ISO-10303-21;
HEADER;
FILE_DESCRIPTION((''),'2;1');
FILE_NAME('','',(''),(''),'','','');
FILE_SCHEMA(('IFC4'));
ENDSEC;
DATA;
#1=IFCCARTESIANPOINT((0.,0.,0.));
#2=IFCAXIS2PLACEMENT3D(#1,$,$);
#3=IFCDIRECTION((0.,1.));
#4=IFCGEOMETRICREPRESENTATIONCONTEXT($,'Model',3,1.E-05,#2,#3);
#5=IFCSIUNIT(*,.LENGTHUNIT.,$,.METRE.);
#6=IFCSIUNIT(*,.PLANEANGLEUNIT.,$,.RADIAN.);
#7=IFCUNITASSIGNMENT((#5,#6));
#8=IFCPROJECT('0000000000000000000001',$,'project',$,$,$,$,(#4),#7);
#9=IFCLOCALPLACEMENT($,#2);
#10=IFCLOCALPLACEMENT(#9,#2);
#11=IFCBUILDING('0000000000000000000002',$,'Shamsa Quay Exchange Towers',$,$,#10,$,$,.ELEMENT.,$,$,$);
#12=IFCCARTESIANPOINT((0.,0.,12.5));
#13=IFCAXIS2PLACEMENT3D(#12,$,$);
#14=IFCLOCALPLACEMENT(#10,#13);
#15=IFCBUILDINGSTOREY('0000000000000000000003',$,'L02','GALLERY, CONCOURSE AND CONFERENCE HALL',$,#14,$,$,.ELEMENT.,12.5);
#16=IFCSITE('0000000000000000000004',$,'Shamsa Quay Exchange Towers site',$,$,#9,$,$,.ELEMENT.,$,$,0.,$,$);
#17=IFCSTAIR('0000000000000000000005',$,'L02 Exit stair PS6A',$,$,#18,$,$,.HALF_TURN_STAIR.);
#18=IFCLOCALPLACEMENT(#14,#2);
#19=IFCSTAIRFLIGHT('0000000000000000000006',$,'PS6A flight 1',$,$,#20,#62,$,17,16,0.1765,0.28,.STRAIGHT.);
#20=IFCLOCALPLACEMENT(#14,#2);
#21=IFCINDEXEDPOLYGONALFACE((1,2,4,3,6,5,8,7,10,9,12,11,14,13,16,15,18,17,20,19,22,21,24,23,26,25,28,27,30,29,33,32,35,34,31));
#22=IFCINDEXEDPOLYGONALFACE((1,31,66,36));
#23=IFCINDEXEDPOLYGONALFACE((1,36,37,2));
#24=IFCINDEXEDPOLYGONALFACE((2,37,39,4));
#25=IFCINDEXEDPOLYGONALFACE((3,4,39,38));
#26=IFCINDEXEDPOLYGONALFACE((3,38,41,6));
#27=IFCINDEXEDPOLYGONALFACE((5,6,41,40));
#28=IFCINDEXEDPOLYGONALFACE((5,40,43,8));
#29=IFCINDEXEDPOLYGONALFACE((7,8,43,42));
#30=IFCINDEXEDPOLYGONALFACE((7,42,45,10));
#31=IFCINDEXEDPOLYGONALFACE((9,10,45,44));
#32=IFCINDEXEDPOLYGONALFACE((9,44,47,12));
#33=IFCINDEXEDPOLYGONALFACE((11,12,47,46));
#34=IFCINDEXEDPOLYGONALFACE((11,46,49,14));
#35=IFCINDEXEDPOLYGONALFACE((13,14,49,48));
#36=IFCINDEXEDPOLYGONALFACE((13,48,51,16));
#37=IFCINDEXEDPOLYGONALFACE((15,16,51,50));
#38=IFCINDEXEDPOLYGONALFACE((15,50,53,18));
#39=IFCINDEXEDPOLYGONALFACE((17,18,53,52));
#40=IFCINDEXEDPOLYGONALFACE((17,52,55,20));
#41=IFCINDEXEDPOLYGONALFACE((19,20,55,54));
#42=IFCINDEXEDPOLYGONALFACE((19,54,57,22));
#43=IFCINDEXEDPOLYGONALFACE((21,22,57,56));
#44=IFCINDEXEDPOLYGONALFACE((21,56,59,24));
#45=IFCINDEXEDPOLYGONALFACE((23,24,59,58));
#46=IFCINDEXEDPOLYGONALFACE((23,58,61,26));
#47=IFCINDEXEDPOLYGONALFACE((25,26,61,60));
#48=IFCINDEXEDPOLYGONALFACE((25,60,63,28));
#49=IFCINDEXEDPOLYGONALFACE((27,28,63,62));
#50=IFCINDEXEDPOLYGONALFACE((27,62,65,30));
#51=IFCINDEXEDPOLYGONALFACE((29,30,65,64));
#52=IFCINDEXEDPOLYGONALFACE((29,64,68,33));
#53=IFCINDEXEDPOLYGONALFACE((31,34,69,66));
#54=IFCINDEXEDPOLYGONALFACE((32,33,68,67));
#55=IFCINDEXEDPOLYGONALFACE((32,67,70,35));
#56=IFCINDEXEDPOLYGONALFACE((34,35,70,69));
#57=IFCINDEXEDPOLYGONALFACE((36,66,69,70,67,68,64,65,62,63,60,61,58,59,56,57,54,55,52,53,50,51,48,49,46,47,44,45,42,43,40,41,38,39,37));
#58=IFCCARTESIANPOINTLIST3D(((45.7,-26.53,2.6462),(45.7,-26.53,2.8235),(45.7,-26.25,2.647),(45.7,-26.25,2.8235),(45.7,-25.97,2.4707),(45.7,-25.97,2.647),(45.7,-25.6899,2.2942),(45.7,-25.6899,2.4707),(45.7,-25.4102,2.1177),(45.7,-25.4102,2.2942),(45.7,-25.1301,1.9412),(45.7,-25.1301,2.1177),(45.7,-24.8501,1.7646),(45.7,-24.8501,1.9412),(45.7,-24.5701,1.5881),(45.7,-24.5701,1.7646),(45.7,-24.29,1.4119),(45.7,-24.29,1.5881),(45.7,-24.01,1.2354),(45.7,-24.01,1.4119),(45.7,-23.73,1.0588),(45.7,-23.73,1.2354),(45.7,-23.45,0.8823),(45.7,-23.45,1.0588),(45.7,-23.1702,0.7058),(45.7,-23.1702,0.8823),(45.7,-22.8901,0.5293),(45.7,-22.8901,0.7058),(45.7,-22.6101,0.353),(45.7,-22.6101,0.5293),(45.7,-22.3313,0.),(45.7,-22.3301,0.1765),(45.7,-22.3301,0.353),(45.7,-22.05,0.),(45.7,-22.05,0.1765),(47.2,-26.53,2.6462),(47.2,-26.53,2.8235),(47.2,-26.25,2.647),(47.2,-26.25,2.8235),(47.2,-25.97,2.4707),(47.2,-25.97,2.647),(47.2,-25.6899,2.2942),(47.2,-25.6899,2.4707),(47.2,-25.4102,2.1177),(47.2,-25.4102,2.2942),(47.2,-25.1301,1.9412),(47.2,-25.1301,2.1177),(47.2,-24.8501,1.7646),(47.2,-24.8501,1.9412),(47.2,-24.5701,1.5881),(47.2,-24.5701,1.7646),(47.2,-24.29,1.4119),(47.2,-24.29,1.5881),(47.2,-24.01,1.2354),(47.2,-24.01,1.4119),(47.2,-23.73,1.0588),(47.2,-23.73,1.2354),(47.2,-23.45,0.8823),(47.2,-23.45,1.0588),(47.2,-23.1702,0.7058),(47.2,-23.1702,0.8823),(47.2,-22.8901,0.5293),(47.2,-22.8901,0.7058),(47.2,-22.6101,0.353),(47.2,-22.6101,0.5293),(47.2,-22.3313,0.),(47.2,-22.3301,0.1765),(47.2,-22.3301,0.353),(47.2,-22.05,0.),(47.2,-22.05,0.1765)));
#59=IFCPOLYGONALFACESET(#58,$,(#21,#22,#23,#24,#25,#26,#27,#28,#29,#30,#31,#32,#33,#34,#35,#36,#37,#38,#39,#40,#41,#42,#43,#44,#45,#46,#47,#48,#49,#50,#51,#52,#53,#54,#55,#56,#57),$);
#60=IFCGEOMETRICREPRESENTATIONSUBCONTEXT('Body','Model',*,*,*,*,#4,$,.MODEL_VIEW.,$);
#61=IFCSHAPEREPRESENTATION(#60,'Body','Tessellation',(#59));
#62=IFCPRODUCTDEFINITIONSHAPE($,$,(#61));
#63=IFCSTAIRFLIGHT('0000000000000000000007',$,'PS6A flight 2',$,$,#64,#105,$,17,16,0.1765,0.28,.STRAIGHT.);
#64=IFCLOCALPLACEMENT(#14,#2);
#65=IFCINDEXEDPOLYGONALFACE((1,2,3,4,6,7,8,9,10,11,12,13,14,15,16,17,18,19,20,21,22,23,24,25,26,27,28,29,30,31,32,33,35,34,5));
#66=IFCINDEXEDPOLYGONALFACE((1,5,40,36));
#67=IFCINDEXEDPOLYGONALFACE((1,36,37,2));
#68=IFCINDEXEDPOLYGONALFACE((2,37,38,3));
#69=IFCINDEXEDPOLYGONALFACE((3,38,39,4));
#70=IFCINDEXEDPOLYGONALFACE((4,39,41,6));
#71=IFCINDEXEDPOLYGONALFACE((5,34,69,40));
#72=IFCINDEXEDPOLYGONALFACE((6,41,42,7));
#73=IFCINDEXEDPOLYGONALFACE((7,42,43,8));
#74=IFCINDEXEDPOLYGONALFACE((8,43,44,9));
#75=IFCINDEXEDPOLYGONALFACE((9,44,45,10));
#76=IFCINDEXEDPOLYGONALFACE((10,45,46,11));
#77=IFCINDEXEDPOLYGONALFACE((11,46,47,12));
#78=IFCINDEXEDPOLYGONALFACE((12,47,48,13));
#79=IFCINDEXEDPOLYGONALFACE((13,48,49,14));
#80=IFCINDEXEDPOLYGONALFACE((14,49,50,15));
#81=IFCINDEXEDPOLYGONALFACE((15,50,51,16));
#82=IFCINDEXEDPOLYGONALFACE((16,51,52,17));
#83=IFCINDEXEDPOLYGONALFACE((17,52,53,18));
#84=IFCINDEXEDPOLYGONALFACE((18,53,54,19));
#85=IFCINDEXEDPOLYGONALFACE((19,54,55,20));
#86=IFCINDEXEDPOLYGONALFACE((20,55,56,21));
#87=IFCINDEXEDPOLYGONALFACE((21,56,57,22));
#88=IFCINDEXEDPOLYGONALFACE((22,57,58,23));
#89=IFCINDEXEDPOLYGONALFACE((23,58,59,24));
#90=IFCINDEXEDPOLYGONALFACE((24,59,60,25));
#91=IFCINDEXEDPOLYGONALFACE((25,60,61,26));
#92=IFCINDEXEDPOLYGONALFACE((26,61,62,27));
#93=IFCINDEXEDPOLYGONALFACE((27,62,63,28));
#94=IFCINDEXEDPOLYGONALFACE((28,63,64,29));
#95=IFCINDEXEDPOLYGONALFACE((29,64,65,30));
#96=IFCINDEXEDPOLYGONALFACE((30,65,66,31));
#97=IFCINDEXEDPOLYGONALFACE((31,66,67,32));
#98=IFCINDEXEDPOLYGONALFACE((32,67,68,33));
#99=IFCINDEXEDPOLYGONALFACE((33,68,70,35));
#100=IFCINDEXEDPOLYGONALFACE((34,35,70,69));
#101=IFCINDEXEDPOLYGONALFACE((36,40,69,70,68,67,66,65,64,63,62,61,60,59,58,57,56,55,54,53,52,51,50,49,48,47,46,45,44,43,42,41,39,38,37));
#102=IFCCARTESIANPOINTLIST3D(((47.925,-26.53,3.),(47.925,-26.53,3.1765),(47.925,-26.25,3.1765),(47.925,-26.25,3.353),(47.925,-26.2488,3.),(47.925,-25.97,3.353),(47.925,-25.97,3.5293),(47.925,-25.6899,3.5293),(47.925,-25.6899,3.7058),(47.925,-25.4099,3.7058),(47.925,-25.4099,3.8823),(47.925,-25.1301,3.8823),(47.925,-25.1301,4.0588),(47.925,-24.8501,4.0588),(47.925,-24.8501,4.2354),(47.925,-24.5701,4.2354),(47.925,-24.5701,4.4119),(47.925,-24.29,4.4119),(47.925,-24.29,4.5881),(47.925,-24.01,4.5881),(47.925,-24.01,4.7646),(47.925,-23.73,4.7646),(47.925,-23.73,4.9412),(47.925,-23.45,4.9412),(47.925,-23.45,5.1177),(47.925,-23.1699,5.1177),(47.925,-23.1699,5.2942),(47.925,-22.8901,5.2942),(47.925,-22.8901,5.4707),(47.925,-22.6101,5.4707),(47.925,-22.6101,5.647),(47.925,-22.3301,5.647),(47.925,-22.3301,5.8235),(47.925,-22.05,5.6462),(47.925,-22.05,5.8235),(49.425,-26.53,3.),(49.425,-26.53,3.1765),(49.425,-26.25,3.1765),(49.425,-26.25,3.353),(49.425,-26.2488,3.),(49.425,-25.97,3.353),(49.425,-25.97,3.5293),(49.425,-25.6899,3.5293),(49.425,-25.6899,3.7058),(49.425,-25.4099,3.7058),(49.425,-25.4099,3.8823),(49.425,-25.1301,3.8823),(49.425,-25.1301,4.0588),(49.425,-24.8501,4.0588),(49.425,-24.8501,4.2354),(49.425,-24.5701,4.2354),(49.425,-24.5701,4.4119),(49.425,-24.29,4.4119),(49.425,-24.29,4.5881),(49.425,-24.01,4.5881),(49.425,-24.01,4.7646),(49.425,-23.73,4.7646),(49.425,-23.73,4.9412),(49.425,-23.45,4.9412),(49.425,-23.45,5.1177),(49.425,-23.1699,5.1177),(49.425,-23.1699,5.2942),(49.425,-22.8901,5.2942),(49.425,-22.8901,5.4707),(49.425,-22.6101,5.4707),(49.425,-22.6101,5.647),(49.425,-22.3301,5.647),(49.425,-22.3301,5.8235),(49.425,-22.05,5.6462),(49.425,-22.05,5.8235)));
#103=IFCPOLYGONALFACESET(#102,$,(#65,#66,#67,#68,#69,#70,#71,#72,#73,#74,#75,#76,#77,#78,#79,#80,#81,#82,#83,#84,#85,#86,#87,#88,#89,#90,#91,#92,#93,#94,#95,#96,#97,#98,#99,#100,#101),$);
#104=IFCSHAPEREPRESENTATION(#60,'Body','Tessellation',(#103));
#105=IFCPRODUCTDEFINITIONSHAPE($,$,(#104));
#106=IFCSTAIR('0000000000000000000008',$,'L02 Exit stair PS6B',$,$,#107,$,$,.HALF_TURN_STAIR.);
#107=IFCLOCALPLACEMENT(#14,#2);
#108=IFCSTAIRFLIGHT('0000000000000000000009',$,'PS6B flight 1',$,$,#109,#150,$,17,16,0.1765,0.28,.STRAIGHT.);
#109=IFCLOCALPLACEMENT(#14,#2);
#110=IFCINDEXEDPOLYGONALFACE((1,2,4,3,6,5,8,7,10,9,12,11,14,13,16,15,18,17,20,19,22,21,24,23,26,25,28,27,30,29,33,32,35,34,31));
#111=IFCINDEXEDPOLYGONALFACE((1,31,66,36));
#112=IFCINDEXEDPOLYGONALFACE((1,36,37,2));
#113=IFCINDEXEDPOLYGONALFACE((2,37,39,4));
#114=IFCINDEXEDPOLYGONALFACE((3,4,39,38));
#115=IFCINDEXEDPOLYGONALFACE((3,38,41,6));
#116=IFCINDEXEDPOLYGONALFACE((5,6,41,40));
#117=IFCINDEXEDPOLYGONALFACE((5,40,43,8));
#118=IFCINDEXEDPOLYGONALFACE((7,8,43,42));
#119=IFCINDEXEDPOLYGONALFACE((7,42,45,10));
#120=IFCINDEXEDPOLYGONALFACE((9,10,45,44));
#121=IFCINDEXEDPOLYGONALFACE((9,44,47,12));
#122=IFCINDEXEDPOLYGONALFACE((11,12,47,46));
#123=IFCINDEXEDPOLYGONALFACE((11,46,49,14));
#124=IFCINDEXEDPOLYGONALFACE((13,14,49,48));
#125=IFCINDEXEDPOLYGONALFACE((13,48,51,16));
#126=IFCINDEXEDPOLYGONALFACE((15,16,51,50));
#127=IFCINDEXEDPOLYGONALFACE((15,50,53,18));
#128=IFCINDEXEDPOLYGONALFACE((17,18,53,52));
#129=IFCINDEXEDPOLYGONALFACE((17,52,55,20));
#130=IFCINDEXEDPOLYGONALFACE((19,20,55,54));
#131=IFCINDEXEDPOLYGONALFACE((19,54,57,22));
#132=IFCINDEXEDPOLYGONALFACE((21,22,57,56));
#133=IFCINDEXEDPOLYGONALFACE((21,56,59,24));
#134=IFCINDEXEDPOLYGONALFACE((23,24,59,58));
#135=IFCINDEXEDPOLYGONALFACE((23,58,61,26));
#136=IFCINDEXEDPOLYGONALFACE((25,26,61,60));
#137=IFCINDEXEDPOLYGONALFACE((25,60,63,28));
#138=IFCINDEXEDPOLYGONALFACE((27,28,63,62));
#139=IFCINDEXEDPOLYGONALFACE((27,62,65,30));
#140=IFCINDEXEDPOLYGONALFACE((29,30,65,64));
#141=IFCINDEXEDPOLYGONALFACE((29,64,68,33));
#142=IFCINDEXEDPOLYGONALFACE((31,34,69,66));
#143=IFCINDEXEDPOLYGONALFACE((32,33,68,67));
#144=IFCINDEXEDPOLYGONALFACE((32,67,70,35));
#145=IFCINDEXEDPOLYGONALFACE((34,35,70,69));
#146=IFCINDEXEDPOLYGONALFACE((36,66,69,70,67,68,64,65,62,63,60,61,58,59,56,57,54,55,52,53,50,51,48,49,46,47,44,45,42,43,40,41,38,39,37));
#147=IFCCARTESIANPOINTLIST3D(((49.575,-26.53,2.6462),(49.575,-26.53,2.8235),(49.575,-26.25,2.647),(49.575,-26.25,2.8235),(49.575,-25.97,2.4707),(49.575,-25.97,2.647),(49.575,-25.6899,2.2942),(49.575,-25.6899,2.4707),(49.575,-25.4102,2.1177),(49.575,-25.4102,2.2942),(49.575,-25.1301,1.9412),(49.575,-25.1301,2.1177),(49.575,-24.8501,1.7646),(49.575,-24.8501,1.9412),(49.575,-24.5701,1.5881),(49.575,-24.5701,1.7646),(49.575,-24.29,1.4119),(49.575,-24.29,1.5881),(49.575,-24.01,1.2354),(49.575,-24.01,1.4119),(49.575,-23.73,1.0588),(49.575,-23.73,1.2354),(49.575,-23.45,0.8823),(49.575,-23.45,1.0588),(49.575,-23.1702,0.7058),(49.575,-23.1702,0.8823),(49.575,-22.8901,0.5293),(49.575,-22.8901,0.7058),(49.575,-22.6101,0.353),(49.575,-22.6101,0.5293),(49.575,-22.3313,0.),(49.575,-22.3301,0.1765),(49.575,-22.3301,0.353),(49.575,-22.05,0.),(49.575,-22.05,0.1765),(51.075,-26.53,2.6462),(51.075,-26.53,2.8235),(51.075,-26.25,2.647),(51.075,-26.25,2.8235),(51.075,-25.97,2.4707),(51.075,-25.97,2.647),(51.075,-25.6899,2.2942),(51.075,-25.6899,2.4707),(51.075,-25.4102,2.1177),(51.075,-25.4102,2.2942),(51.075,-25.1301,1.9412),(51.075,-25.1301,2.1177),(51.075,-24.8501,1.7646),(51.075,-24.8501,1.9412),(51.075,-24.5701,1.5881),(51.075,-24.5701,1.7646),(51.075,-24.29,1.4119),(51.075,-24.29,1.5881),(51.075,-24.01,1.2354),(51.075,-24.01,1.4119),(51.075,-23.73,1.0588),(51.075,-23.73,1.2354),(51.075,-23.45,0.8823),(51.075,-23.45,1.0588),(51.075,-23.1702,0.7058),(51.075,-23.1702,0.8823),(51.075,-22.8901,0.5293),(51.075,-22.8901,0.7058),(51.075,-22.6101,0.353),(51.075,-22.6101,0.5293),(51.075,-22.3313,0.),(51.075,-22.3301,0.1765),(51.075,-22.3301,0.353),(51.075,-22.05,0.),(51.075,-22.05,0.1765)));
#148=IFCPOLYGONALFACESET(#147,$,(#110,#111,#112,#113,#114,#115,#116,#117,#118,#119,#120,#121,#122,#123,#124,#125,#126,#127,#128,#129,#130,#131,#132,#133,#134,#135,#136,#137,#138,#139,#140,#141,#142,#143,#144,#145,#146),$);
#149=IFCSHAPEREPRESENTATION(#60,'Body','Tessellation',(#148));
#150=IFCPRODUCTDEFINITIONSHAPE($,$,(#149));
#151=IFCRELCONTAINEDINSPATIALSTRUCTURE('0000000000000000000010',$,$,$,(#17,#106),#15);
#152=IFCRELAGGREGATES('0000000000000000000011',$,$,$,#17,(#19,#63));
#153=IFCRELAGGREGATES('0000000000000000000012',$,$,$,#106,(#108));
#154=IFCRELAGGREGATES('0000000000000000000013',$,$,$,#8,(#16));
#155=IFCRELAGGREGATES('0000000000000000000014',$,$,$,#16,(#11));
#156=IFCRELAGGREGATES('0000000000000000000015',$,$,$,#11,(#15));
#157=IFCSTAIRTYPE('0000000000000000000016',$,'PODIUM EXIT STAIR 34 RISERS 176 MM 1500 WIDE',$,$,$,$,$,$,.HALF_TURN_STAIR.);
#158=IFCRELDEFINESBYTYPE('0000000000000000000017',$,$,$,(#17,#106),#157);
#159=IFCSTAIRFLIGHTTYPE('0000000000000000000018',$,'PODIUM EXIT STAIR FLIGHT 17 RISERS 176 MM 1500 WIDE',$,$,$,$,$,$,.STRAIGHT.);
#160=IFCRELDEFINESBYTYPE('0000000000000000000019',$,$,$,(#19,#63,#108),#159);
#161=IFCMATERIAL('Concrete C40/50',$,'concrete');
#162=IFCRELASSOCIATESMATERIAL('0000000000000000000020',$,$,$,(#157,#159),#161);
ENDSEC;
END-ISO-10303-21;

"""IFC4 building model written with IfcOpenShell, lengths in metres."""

from ifc_helpers import new_model, si_unit, direction, frame, origin, place, context, subcontext, project, spatial, polyline, outline, extrude, material, type_object, element, aggregate, save


model = new_model("IFC4")

# Units and contexts
model_context = context("Model", 3, precision=1e-05, world=origin(), true_north=direction((0.0, 1.0)))
body_context = subcontext(model_context, "Body", "Model", "MODEL_VIEW")
ifc_project = project(units=[si_unit("LENGTHUNIT", "METRE"), si_unit("PLANEANGLEUNIT", "RADIAN")], contexts=[model_context])

# Site, building, storey
site_placement = place(None, origin())
site = spatial("IfcSite", under=ifc_project, at=site_placement, Name="Shamsa Quay Exchange Towers site", CompositionType="ELEMENT", RefElevation=0.0)
building_placement = place(site_placement, origin())
building = spatial("IfcBuilding", under=site, at=building_placement, Name="Shamsa Quay Exchange Towers", CompositionType="ELEMENT")
storey_placement = place(building_placement, frame((0.0, 0.0, 12.5)))
storey = spatial("IfcBuildingStorey", under=building, at=storey_placement, Name="L02", Description="GALLERY, CONCOURSE AND CONFERENCE HALL", CompositionType="ELEMENT", Elevation=12.5)

# Stairs, stair flights
ifc_material_1 = material(Name="Concrete C40/50", Category="concrete")
stair_type = type_object("IfcStairType", Name="PODIUM EXIT STAIR 34 RISERS 176 MM 1500 WIDE", PredefinedType="HALF_TURN_STAIR", material=ifc_material_1)
stair_1_placement = place(storey_placement, origin())
stair_1 = element("IfcStair", 1, at=stair_1_placement, inside=storey, type_object=stair_type, Name="L02 Exit stair PS6A", PredefinedType="HALF_TURN_STAIR")
stair_flight_type = type_object("IfcStairFlightType", Name="PODIUM EXIT STAIR FLIGHT 17 RISERS 176 MM 1500 WIDE", PredefinedType="STRAIGHT", material=ifc_material_1)
stair_flight_1_placement = place(storey_placement, frame((46.45, -22.05, 0.0), z_axis=(0.0, 0.0, 1.0), x_axis=(0.0, -1.0, 0.0)))
stair_flight_1 = element("IfcStairFlight", 2, at=stair_flight_1_placement, type_object=stair_flight_type, Name="PS6A flight 1", NumberOfRisers=17, NumberOfTreads=16, PredefinedType="STRAIGHT", RiserHeight=0.1765, TreadLength=0.28, context=body_context, shape_type="SweptSolid", body=[
    extrude(outline(polyline([(0.0, 0.0), (0.0, 0.1765), (0.28, 0.1765), (0.28, 0.353), (0.5601, 0.353), (0.5601, 0.5293), (0.8401, 0.5293), (0.8401, 0.7058), (1.1201, 0.7058), (1.1201, 0.8823), (1.3999, 0.8823), (1.3999, 1.0588), (1.6799, 1.0588), (1.6799, 1.2354), (1.96, 1.2354), (1.96, 1.4119), (2.24, 1.4119), (2.24, 1.5881), (2.52, 1.5881), (2.52, 1.7646), (2.8, 1.7646), (2.8, 1.9412), (3.0801, 1.9412), (3.0801, 2.1177), (3.3601, 2.1177), (3.3601, 2.2942), (3.6399, 2.2942), (3.6399, 2.4707), (3.9199, 2.4707), (3.9199, 2.647), (4.2, 2.647), (4.2, 2.8235), (4.48, 2.8235), (4.48, 3.0), (4.48, 2.6462), (0.2812, 0.0), (0.0, 0.0)])), frame((0.0, 0.75, 0.0), z_axis=(0.0, -1.0, 0.0), x_axis=(1.0, 0.0, 0.0)), (0.0, 0.0, 1.0), 1.5),
])
stair_flight_2_placement = place(storey_placement, frame((48.675, -26.53, 3.0), z_axis=(0.0, 0.0, 1.0), x_axis=(0.0, 1.0, 0.0)))
stair_flight_2 = element("IfcStairFlight", 3, at=stair_flight_2_placement, type_object=stair_flight_type, Name="PS6A flight 2", NumberOfRisers=17, NumberOfTreads=16, PredefinedType="STRAIGHT", RiserHeight=0.1765, TreadLength=0.28, context=body_context, shape_type="SweptSolid", body=[
    extrude(outline(polyline([(0.0, 0.0), (0.0, 0.1765), (0.28, 0.1765), (0.28, 0.353), (0.5601, 0.353), (0.5601, 0.5293), (0.8401, 0.5293), (0.8401, 0.7058), (1.1201, 0.7058), (1.1201, 0.8823), (1.3999, 0.8823), (1.3999, 1.0588), (1.6799, 1.0588), (1.6799, 1.2354), (1.96, 1.2354), (1.96, 1.4119), (2.24, 1.4119), (2.24, 1.5881), (2.52, 1.5881), (2.52, 1.7646), (2.8, 1.7646), (2.8, 1.9412), (3.0801, 1.9412), (3.0801, 2.1177), (3.3601, 2.1177), (3.3601, 2.2942), (3.6399, 2.2942), (3.6399, 2.4707), (3.9199, 2.4707), (3.9199, 2.647), (4.2, 2.647), (4.2, 2.8235), (4.48, 2.8235), (4.48, 3.0), (4.48, 2.6462), (0.2812, 0.0), (0.0, 0.0)])), frame((0.0, 0.75, 0.0), z_axis=(0.0, -1.0, 0.0), x_axis=(1.0, 0.0, 0.0)), (0.0, 0.0, 1.0), 1.5),
])
aggregate(stair_1, [stair_flight_1, stair_flight_2])
stair_2_placement = place(storey_placement, origin())
stair_2 = element("IfcStair", 4, at=stair_2_placement, inside=storey, type_object=stair_type, Name="L02 Exit stair PS6B", PredefinedType="HALF_TURN_STAIR")
stair_flight_3_placement = place(storey_placement, frame((50.325, -22.05, 0.0), z_axis=(0.0, 0.0, 1.0), x_axis=(0.0, -1.0, 0.0)))
stair_flight_3 = element("IfcStairFlight", 5, at=stair_flight_3_placement, type_object=stair_flight_type, Name="PS6B flight 1", NumberOfRisers=17, NumberOfTreads=16, PredefinedType="STRAIGHT", RiserHeight=0.1765, TreadLength=0.28, context=body_context, shape_type="SweptSolid", body=[
    extrude(outline(polyline([(0.0, 0.0), (0.0, 0.1765), (0.28, 0.1765), (0.28, 0.353), (0.5601, 0.353), (0.5601, 0.5293), (0.8401, 0.5293), (0.8401, 0.7058), (1.1201, 0.7058), (1.1201, 0.8823), (1.3999, 0.8823), (1.3999, 1.0588), (1.6799, 1.0588), (1.6799, 1.2354), (1.96, 1.2354), (1.96, 1.4119), (2.24, 1.4119), (2.24, 1.5881), (2.52, 1.5881), (2.52, 1.7646), (2.8, 1.7646), (2.8, 1.9412), (3.0801, 1.9412), (3.0801, 2.1177), (3.3601, 2.1177), (3.3601, 2.2942), (3.6399, 2.2942), (3.6399, 2.4707), (3.9199, 2.4707), (3.9199, 2.647), (4.2, 2.647), (4.2, 2.8235), (4.48, 2.8235), (4.48, 3.0), (4.48, 2.6462), (0.2812, 0.0), (0.0, 0.0)])), frame((0.0, 0.75, 0.0), z_axis=(0.0, -1.0, 0.0), x_axis=(1.0, 0.0, 0.0)), (0.0, 0.0, 1.0), 1.5),
])
aggregate(stair_2, [stair_flight_3])

save(model, "model.ifc")
